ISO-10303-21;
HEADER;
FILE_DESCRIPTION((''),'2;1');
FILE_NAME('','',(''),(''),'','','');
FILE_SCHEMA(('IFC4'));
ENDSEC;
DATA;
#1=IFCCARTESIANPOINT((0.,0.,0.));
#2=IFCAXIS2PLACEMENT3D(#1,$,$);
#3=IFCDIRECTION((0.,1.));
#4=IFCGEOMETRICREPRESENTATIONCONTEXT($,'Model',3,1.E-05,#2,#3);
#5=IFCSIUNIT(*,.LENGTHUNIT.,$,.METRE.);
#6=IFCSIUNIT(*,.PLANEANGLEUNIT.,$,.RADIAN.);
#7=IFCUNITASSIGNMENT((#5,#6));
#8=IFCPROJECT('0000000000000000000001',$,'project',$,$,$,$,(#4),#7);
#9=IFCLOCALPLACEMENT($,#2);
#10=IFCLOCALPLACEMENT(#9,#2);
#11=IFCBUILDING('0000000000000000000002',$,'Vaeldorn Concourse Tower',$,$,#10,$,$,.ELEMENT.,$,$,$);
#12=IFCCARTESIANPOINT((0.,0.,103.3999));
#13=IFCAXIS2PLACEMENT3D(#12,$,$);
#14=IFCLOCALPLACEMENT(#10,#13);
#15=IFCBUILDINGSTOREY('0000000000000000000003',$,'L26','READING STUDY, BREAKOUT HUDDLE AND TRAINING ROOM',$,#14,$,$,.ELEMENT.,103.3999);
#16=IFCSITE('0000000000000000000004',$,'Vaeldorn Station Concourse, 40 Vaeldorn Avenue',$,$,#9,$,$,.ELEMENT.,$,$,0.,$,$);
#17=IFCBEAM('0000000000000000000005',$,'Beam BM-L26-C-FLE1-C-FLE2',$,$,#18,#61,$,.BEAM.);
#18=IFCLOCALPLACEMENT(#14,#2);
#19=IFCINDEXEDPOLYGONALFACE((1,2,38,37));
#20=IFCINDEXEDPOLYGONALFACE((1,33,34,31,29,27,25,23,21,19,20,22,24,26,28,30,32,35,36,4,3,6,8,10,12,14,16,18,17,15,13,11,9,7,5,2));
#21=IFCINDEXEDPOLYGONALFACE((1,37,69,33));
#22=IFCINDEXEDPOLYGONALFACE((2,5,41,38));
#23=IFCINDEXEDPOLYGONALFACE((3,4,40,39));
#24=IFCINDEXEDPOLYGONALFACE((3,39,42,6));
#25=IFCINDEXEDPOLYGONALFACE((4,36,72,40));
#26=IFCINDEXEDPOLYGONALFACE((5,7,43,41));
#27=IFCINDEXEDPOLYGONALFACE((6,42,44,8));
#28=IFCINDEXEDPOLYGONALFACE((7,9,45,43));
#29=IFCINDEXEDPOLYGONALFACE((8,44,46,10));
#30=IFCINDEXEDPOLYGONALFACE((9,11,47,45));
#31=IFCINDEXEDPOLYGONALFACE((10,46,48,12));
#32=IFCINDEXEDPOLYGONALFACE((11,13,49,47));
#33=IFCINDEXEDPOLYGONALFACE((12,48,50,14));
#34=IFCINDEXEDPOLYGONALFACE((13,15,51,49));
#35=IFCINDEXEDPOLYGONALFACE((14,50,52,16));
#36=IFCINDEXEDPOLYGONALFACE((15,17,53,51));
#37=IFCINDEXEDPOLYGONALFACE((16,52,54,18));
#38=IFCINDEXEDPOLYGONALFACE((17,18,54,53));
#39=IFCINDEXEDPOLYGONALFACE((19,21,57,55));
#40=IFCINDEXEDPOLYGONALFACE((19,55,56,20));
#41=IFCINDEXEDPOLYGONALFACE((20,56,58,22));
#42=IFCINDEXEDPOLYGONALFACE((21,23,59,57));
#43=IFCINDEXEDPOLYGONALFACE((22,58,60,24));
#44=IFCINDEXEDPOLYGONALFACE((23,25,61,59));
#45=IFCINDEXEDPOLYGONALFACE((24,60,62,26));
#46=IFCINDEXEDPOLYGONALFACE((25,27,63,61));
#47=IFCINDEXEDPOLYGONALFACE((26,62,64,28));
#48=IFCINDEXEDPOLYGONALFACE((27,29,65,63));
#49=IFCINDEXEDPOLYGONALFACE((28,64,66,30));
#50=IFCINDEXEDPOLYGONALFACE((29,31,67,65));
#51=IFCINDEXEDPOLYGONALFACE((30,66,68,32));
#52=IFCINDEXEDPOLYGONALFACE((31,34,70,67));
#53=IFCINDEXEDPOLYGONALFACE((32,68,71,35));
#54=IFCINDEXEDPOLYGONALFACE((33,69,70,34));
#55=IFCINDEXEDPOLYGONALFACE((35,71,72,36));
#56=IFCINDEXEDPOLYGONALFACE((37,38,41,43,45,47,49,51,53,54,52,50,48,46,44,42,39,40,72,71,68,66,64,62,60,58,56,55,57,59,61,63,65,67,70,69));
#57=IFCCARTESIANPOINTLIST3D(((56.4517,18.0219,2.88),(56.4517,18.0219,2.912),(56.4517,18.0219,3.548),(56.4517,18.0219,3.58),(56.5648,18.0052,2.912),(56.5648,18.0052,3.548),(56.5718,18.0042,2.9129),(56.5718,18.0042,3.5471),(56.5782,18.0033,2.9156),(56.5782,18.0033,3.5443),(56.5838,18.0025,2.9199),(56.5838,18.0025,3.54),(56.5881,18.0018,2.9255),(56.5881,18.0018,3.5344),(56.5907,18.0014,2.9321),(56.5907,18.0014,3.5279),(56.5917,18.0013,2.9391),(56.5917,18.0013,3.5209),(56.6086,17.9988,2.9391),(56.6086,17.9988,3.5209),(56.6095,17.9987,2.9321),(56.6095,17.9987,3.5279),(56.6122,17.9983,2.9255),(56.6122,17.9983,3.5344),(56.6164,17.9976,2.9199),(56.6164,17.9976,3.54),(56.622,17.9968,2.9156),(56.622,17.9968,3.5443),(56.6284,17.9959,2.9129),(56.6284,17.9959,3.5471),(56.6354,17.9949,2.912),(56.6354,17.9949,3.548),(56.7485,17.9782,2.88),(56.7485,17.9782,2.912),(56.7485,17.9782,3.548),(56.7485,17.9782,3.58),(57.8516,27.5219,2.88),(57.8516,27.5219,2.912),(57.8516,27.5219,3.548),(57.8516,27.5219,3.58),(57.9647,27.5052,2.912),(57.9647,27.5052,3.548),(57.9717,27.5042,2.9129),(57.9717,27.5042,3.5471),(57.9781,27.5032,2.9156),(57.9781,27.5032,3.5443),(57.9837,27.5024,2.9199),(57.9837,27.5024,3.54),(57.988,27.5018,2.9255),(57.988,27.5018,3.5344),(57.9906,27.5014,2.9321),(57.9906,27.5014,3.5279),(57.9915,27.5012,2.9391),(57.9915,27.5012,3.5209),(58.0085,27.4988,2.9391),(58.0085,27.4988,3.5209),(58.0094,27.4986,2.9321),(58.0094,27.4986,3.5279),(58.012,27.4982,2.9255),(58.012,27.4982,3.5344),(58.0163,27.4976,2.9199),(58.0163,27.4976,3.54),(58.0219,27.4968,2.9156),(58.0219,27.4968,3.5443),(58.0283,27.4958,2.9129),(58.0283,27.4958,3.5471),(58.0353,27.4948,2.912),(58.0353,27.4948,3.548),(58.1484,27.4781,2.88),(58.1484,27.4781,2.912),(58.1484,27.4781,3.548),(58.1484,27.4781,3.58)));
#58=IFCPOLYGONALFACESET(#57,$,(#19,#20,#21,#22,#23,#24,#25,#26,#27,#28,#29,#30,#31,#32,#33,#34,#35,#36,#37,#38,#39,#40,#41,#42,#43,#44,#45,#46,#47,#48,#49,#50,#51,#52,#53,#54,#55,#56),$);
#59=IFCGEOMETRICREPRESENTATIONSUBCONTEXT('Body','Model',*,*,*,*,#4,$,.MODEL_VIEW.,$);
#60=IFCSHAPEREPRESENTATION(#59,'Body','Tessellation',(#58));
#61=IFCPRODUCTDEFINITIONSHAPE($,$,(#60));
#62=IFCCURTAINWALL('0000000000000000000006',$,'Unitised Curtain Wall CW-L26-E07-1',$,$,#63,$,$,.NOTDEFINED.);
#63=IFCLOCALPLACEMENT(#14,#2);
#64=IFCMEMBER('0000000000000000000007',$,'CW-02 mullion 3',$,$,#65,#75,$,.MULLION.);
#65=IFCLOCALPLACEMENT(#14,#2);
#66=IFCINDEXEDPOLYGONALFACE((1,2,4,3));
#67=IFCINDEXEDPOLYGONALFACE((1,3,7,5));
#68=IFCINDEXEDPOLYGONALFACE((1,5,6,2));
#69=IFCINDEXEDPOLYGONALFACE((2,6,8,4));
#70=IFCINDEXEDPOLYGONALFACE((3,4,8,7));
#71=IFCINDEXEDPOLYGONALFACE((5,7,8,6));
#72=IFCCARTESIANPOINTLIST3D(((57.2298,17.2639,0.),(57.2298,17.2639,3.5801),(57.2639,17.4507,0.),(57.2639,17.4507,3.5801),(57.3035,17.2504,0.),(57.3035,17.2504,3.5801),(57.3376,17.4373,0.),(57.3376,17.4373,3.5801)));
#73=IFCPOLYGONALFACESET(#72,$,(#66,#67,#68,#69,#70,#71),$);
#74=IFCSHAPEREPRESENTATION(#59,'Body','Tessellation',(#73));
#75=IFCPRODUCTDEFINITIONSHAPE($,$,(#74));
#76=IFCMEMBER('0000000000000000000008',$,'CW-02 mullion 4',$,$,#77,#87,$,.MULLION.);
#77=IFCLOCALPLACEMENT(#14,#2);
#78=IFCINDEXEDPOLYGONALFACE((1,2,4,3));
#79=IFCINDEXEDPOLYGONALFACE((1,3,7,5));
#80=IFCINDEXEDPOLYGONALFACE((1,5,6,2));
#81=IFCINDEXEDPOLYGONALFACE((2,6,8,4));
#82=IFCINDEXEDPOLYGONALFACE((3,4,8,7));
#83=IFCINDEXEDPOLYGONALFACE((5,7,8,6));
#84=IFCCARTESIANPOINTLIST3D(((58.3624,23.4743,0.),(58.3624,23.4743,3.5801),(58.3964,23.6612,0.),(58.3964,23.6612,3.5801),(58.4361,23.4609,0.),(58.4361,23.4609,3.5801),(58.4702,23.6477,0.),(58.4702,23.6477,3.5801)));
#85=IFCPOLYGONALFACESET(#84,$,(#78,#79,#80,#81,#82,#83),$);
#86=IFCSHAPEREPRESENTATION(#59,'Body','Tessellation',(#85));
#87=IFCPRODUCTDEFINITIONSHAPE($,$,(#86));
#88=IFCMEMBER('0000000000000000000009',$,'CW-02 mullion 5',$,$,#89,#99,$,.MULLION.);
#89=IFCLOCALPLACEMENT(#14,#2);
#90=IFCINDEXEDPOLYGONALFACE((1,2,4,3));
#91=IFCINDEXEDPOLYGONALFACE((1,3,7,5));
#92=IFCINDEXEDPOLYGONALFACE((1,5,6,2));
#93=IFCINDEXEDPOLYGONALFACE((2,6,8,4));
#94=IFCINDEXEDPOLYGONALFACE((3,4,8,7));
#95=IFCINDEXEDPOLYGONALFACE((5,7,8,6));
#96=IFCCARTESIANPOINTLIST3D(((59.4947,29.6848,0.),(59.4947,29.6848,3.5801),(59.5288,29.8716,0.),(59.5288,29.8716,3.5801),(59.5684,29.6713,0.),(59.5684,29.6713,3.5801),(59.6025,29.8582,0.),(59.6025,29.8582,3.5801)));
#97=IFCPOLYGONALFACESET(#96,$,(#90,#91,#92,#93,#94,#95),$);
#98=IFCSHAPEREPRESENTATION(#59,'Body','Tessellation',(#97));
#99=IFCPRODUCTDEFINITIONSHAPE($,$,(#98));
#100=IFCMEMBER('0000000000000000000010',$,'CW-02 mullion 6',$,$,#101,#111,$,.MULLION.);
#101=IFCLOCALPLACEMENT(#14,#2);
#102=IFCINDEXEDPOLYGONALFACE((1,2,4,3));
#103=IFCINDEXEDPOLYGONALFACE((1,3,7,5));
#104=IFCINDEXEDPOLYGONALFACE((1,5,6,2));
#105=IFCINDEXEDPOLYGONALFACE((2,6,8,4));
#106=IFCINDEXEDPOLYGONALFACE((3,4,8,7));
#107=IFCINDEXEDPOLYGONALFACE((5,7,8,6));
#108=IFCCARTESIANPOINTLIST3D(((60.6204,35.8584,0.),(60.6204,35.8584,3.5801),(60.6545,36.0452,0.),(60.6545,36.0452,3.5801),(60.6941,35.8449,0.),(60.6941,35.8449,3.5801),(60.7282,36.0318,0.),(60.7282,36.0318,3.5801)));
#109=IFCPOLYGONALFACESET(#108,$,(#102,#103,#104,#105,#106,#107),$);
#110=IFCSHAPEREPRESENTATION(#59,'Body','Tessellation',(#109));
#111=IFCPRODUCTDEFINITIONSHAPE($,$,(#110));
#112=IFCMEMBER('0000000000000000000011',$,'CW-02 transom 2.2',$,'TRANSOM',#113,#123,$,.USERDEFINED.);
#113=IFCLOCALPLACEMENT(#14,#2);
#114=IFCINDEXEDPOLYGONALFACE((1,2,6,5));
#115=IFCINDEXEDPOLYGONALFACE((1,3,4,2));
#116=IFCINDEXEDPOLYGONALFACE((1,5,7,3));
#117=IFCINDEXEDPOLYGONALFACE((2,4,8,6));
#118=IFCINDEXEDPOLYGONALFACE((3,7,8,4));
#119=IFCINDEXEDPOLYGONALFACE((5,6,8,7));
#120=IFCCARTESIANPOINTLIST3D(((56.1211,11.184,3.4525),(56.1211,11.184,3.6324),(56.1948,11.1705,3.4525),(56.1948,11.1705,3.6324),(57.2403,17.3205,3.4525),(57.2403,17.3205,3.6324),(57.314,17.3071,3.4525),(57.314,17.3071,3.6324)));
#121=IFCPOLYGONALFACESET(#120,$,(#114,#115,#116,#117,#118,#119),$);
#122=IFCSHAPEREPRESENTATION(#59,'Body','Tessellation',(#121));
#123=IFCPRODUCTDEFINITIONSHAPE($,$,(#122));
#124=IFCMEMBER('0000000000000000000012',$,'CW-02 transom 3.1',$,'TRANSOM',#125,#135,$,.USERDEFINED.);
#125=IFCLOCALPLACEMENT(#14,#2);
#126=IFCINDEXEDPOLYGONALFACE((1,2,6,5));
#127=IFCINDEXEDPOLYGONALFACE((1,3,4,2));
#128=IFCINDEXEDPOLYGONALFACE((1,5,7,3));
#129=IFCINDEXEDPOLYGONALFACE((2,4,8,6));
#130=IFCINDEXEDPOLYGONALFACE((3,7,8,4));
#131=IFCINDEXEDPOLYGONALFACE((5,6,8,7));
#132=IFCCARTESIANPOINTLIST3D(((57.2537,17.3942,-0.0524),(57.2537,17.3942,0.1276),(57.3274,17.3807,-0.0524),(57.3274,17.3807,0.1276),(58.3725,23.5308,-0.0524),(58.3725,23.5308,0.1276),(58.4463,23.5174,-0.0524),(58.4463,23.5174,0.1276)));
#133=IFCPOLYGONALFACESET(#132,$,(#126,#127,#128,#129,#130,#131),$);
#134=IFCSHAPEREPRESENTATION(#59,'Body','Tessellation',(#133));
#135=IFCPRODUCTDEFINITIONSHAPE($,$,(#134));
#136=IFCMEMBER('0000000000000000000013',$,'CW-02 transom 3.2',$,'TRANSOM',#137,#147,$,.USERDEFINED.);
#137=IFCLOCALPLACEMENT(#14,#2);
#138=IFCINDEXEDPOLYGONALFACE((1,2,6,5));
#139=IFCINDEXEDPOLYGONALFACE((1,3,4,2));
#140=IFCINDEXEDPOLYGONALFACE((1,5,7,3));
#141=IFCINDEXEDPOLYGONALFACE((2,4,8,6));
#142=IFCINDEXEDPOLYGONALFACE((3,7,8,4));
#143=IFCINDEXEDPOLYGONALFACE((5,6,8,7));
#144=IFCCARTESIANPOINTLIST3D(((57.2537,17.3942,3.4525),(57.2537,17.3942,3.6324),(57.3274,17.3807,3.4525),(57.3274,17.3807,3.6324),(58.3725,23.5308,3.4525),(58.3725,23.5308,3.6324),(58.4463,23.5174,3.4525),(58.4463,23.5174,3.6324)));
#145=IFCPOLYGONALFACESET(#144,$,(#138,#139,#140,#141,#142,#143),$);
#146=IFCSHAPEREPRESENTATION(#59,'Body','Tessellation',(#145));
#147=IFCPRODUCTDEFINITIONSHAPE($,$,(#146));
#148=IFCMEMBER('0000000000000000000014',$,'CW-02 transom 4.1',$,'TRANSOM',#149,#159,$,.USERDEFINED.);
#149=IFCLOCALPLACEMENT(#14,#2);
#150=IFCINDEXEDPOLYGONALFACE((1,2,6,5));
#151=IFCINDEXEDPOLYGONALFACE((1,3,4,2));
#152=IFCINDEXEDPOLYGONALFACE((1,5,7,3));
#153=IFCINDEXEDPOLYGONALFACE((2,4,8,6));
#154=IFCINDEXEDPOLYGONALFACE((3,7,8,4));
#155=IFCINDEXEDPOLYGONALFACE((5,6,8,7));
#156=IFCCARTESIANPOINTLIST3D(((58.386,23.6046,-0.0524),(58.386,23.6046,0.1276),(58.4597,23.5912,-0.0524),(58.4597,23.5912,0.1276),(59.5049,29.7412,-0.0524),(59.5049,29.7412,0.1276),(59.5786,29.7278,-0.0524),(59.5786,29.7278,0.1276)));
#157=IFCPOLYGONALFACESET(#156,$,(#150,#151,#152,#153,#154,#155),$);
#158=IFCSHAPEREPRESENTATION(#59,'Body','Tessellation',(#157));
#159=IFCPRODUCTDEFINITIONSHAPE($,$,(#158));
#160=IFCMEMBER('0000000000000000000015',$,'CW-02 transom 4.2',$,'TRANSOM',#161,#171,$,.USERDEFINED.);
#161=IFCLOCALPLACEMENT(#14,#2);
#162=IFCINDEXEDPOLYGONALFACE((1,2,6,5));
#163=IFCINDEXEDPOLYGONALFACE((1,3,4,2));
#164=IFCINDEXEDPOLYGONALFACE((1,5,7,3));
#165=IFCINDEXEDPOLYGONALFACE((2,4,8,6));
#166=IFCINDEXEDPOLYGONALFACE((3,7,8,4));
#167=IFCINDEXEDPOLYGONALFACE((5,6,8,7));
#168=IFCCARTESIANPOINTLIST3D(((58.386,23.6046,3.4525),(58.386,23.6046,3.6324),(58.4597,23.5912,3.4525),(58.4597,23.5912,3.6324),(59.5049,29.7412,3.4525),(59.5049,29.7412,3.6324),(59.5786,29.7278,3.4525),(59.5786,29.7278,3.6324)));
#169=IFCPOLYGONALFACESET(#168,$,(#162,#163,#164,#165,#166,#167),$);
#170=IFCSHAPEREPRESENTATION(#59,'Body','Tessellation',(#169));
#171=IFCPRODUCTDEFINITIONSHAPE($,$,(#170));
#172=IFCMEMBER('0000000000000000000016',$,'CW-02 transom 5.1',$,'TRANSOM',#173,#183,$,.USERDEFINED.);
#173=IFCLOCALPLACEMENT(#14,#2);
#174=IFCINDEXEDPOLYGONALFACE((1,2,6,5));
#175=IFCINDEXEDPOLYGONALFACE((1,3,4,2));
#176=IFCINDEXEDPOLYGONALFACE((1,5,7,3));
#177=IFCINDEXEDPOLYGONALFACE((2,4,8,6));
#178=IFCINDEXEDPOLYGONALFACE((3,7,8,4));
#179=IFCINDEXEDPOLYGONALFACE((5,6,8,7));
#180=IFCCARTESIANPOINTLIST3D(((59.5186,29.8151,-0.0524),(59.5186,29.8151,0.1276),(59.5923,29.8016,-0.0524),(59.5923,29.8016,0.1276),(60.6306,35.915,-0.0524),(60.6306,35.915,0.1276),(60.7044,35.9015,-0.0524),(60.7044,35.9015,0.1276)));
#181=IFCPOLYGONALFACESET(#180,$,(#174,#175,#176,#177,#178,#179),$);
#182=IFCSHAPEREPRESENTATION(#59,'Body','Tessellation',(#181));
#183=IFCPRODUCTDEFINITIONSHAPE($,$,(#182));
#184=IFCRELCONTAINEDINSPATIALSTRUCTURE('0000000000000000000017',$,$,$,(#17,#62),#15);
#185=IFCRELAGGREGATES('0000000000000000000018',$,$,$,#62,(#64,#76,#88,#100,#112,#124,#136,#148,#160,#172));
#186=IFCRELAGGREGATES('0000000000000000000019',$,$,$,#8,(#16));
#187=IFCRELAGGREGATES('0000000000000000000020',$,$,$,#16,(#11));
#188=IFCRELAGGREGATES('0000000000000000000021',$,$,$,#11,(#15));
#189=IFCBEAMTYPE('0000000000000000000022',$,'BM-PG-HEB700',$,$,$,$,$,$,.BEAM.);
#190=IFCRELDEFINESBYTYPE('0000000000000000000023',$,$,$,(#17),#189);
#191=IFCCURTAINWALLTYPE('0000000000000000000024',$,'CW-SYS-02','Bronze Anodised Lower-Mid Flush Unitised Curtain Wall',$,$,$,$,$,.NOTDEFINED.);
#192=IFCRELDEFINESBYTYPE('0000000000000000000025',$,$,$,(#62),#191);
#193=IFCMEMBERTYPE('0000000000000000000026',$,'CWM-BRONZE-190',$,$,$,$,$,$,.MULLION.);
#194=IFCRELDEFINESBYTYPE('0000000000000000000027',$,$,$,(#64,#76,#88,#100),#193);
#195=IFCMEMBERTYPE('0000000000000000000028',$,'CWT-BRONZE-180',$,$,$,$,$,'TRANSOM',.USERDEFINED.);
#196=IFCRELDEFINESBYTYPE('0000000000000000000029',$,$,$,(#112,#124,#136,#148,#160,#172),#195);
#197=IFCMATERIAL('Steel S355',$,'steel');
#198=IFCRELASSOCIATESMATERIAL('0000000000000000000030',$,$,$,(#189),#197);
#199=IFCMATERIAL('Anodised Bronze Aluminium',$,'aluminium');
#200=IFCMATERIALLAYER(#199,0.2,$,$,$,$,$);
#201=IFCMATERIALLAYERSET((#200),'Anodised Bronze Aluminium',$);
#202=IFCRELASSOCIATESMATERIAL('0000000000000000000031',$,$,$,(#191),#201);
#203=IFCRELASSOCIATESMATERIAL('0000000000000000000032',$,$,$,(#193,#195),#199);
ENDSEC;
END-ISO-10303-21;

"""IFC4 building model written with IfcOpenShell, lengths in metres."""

from ifc_helpers import new_model, si_unit, direction, frame, origin, origin_2d, place, context, subcontext, project, spatial, rectangle, i_section, extrude, source, transform, mapped, material, layer, layer_set, material_profile, profile_set, type_object, element, aggregate, save


model = new_model("IFC4")

# Units and contexts
model_context = context("Model", 3, precision=1e-05, world=origin(), true_north=direction((0.0, 1.0)))
body_context = subcontext(model_context, "Body", "Model", "MODEL_VIEW")
ifc_project = project(units=[si_unit("LENGTHUNIT", "METRE"), si_unit("PLANEANGLEUNIT", "RADIAN")], contexts=[model_context])

# Site, building, storey
site_placement = place(None, origin())
site = spatial("IfcSite", under=ifc_project, at=site_placement, Name="Vaeldorn Station Concourse, 40 Vaeldorn Avenue", CompositionType="ELEMENT", RefElevation=0.0)
building_placement = place(site_placement, origin())
building = spatial("IfcBuilding", under=site, at=building_placement, Name="Vaeldorn Concourse Tower", CompositionType="ELEMENT")
storey_placement = place(building_placement, frame((0.0, 0.0, 103.3999)))
storey = spatial("IfcBuildingStorey", under=building, at=storey_placement, Name="L26", Description="READING STUDY, BREAKOUT HUDDLE AND TRAINING ROOM", CompositionType="ELEMENT", Elevation=103.3999)

# Beam
ifc_material_1 = material(Name="Steel S355", Category="steel")
ifc_material_profile_1 = material_profile(ifc_material_1, i_section(OverallWidth=0.3, OverallDepth=0.7, WebThickness=0.0171, FlangeThickness=0.032, FilletRadius=0.0271, at=origin_2d()), Name="HEB 700")
ifc_profile_set_1 = profile_set([ifc_material_profile_1], Name="Steel S355")
beam_type_1 = type_object("IfcBeamType", Name="BM-PG-HEB700", PredefinedType="BEAM", material=ifc_profile_set_1)
shared_shape_1 = source(origin(), body_context, "Body", "SweptSolid", [
    extrude(i_section(OverallWidth=0.3, OverallDepth=0.7, WebThickness=0.0171, FlangeThickness=0.032, FilletRadius=0.0271, at=origin_2d()), origin(), (0.0, 0.0, 1.0), 9.6025),
])
beam_1_placement = place(storey_placement, frame((58.0, 27.5, 3.23), z_axis=(-0.145784, -0.989316, 0.0), x_axis=(0.989316, -0.145784, 0.0)))
element("IfcBeam", 1, at=beam_1_placement, inside=storey, type_object=beam_type_1, Name="Beam BM-L26-C-FLE1-C-FLE2", PredefinedType="BEAM", context=body_context, shape_type="MappedRepresentation", body=[
    mapped(shared_shape_1, transform((0.0, 0.0, 0.0), scale=1.0)),
])

# Curtain wall, members
ifc_material_2 = material(Name="Anodised Bronze Aluminium", Category="aluminium")
ifc_layer_1 = layer(ifc_material_2, 0.2)
ifc_layer_set_1 = layer_set([ifc_layer_1], Name="Anodised Bronze Aluminium")
curtain_wall_type = type_object("IfcCurtainWallType", Name="CW-SYS-02", Description="Bronze Anodised Lower-Mid Flush Unitised Curtain Wall", PredefinedType="NOTDEFINED", material=ifc_layer_set_1)
curtain_wall_placement = place(storey_placement, origin())
curtain_wall = element("IfcCurtainWall", 2, at=curtain_wall_placement, inside=storey, type_object=curtain_wall_type, Name="Unitised Curtain Wall CW-L26-E07-1", PredefinedType="NOTDEFINED")
ifc_material_profile_2 = material_profile(ifc_material_2, rectangle(XDim=0.075, YDim=0.1899, at=origin_2d()), Name="CWM 75x190")
ifc_profile_set_2 = profile_set([ifc_material_profile_2], Name="Anodised Bronze Aluminium")
member_type_1 = type_object("IfcMemberType", Name="CWM-BRONZE-190", PredefinedType="MULLION", material=ifc_profile_set_2)
shared_shape_2 = source(origin(), body_context, "Body", "SweptSolid", [
    extrude(rectangle(XDim=0.075, YDim=0.1899, at=origin_2d()), origin(), (0.0, 0.0, 1.0), 3.5801),
])
member_1_placement = place(storey_placement, frame((57.2837, 17.3506, 0.0), z_axis=(0.0, 0.0, 1.0), x_axis=(-0.983779, 0.179384, 0.0)))
member_1 = element("IfcMember", 3, at=member_1_placement, type_object=member_type_1, Name="CW-02 mullion 3", PredefinedType="MULLION", context=body_context, shape_type="MappedRepresentation", body=[
    mapped(shared_shape_2, transform((0.0, 0.0, 0.0), scale=1.0)),
])
member_2_placement = place(storey_placement, frame((58.4163, 23.561, 0.0), z_axis=(0.0, 0.0, 1.0), x_axis=(-0.983779, 0.179384, 0.0)))
member_2 = element("IfcMember", 4, at=member_2_placement, type_object=member_type_1, Name="CW-02 mullion 4", PredefinedType="MULLION", context=body_context, shape_type="MappedRepresentation", body=[
    mapped(shared_shape_2, transform((0.0, 0.0, 0.0), scale=1.0)),
])
member_3_placement = place(storey_placement, frame((59.5486, 29.7715, 0.0), z_axis=(0.0, 0.0, 1.0), x_axis=(-0.983779, 0.179384, 0.0)))
member_3 = element("IfcMember", 5, at=member_3_placement, type_object=member_type_1, Name="CW-02 mullion 5", PredefinedType="MULLION", context=body_context, shape_type="MappedRepresentation", body=[
    mapped(shared_shape_2, transform((0.0, 0.0, 0.0), scale=1.0)),
])
member_4_placement = place(storey_placement, frame((60.6743, 35.9451, 0.0), z_axis=(0.0, 0.0, 1.0), x_axis=(-0.983779, 0.179384, 0.0)))
member_4 = element("IfcMember", 6, at=member_4_placement, type_object=member_type_1, Name="CW-02 mullion 6", PredefinedType="MULLION", context=body_context, shape_type="MappedRepresentation", body=[
    mapped(shared_shape_2, transform((0.0, 0.0, 0.0), scale=1.0)),
])
ifc_material_profile_3 = material_profile(ifc_material_2, rectangle(XDim=0.075, YDim=0.1799, at=origin_2d()), Name="CWT 75x180")
ifc_profile_set_3 = profile_set([ifc_material_profile_3], Name="Anodised Bronze Aluminium")
member_type_2 = type_object("IfcMemberType", Name="CWT-BRONZE-180", ElementType="TRANSOM", PredefinedType="USERDEFINED", material=ifc_profile_set_3)
shared_shape_3 = source(origin(), body_context, "Body", "SweptSolid", [
    extrude(rectangle(XDim=0.075, YDim=0.1799, at=origin_2d()), origin(), (0.0, 0.0, 1.0), 6.2378),
])
member_5_placement = place(storey_placement, frame((56.158, 11.1772, 3.5425), z_axis=(0.179416, 0.983773, 0.0), x_axis=(-0.983773, 0.179416, 0.0)))
member_5 = element("IfcMember", 7, at=member_5_placement, type_object=member_type_2, Name="CW-02 transom 2.2", ObjectType="TRANSOM", PredefinedType="USERDEFINED", context=body_context, shape_type="MappedRepresentation", body=[
    mapped(shared_shape_3, transform((0.0, 0.0, 0.0), scale=1.0)),
])
member_6_placement = place(storey_placement, frame((57.2905, 17.3875, 0.0376), z_axis=(0.179371, 0.983781, 0.0), x_axis=(-0.983781, 0.179371, 0.0)))
member_6 = element("IfcMember", 8, at=member_6_placement, type_object=member_type_2, Name="CW-02 transom 3.1", ObjectType="TRANSOM", PredefinedType="USERDEFINED", context=body_context, shape_type="MappedRepresentation", body=[
    mapped(shared_shape_3, transform((0.0, 0.0, 0.0), scale=1.0)),
])
member_7_placement = place(storey_placement, frame((57.2905, 17.3875, 3.5425), z_axis=(0.179371, 0.983781, 0.0), x_axis=(-0.983781, 0.179371, 0.0)))
member_7 = element("IfcMember", 9, at=member_7_placement, type_object=member_type_2, Name="CW-02 transom 3.2", ObjectType="TRANSOM", PredefinedType="USERDEFINED", context=body_context, shape_type="MappedRepresentation", body=[
    mapped(shared_shape_3, transform((0.0, 0.0, 0.0), scale=1.0)),
])
member_8_placement = place(storey_placement, frame((58.4229, 23.5979, 0.0376), z_axis=(0.179371, 0.983781, 0.0), x_axis=(-0.983781, 0.179371, 0.0)))
member_8 = element("IfcMember", 10, at=member_8_placement, type_object=member_type_2, Name="CW-02 transom 4.1", ObjectType="TRANSOM", PredefinedType="USERDEFINED", context=body_context, shape_type="MappedRepresentation", body=[
    mapped(shared_shape_3, transform((0.0, 0.0, 0.0), scale=1.0)),
])
member_9_placement = place(storey_placement, frame((58.4229, 23.5979, 3.5425), z_axis=(0.179371, 0.983781, 0.0), x_axis=(-0.983781, 0.179371, 0.0)))
member_9 = element("IfcMember", 11, at=member_9_placement, type_object=member_type_2, Name="CW-02 transom 4.2", ObjectType="TRANSOM", PredefinedType="USERDEFINED", context=body_context, shape_type="MappedRepresentation", body=[
    mapped(shared_shape_3, transform((0.0, 0.0, 0.0), scale=1.0)),
])
shared_shape_4 = source(origin(), body_context, "Body", "SweptSolid", [
    extrude(rectangle(XDim=0.075, YDim=0.1799, at=origin_2d()), origin(), (0.0, 0.0, 1.0), 6.2004),
])
member_10_placement = place(storey_placement, frame((59.5554, 29.8083, 0.0376), z_axis=(0.179353, 0.983785, 0.0), x_axis=(-0.983785, 0.179353, 0.0)))
member_10 = element("IfcMember", 12, at=member_10_placement, type_object=member_type_2, Name="CW-02 transom 5.1", ObjectType="TRANSOM", PredefinedType="USERDEFINED", context=body_context, shape_type="MappedRepresentation", body=[
    mapped(shared_shape_4, transform((0.0, 0.0, 0.0), scale=1.0)),
])
aggregate(curtain_wall, [member_1, member_2, member_3, member_4, member_5, member_6, member_7, member_8, member_9, member_10])

save(model, "model.ifc")
